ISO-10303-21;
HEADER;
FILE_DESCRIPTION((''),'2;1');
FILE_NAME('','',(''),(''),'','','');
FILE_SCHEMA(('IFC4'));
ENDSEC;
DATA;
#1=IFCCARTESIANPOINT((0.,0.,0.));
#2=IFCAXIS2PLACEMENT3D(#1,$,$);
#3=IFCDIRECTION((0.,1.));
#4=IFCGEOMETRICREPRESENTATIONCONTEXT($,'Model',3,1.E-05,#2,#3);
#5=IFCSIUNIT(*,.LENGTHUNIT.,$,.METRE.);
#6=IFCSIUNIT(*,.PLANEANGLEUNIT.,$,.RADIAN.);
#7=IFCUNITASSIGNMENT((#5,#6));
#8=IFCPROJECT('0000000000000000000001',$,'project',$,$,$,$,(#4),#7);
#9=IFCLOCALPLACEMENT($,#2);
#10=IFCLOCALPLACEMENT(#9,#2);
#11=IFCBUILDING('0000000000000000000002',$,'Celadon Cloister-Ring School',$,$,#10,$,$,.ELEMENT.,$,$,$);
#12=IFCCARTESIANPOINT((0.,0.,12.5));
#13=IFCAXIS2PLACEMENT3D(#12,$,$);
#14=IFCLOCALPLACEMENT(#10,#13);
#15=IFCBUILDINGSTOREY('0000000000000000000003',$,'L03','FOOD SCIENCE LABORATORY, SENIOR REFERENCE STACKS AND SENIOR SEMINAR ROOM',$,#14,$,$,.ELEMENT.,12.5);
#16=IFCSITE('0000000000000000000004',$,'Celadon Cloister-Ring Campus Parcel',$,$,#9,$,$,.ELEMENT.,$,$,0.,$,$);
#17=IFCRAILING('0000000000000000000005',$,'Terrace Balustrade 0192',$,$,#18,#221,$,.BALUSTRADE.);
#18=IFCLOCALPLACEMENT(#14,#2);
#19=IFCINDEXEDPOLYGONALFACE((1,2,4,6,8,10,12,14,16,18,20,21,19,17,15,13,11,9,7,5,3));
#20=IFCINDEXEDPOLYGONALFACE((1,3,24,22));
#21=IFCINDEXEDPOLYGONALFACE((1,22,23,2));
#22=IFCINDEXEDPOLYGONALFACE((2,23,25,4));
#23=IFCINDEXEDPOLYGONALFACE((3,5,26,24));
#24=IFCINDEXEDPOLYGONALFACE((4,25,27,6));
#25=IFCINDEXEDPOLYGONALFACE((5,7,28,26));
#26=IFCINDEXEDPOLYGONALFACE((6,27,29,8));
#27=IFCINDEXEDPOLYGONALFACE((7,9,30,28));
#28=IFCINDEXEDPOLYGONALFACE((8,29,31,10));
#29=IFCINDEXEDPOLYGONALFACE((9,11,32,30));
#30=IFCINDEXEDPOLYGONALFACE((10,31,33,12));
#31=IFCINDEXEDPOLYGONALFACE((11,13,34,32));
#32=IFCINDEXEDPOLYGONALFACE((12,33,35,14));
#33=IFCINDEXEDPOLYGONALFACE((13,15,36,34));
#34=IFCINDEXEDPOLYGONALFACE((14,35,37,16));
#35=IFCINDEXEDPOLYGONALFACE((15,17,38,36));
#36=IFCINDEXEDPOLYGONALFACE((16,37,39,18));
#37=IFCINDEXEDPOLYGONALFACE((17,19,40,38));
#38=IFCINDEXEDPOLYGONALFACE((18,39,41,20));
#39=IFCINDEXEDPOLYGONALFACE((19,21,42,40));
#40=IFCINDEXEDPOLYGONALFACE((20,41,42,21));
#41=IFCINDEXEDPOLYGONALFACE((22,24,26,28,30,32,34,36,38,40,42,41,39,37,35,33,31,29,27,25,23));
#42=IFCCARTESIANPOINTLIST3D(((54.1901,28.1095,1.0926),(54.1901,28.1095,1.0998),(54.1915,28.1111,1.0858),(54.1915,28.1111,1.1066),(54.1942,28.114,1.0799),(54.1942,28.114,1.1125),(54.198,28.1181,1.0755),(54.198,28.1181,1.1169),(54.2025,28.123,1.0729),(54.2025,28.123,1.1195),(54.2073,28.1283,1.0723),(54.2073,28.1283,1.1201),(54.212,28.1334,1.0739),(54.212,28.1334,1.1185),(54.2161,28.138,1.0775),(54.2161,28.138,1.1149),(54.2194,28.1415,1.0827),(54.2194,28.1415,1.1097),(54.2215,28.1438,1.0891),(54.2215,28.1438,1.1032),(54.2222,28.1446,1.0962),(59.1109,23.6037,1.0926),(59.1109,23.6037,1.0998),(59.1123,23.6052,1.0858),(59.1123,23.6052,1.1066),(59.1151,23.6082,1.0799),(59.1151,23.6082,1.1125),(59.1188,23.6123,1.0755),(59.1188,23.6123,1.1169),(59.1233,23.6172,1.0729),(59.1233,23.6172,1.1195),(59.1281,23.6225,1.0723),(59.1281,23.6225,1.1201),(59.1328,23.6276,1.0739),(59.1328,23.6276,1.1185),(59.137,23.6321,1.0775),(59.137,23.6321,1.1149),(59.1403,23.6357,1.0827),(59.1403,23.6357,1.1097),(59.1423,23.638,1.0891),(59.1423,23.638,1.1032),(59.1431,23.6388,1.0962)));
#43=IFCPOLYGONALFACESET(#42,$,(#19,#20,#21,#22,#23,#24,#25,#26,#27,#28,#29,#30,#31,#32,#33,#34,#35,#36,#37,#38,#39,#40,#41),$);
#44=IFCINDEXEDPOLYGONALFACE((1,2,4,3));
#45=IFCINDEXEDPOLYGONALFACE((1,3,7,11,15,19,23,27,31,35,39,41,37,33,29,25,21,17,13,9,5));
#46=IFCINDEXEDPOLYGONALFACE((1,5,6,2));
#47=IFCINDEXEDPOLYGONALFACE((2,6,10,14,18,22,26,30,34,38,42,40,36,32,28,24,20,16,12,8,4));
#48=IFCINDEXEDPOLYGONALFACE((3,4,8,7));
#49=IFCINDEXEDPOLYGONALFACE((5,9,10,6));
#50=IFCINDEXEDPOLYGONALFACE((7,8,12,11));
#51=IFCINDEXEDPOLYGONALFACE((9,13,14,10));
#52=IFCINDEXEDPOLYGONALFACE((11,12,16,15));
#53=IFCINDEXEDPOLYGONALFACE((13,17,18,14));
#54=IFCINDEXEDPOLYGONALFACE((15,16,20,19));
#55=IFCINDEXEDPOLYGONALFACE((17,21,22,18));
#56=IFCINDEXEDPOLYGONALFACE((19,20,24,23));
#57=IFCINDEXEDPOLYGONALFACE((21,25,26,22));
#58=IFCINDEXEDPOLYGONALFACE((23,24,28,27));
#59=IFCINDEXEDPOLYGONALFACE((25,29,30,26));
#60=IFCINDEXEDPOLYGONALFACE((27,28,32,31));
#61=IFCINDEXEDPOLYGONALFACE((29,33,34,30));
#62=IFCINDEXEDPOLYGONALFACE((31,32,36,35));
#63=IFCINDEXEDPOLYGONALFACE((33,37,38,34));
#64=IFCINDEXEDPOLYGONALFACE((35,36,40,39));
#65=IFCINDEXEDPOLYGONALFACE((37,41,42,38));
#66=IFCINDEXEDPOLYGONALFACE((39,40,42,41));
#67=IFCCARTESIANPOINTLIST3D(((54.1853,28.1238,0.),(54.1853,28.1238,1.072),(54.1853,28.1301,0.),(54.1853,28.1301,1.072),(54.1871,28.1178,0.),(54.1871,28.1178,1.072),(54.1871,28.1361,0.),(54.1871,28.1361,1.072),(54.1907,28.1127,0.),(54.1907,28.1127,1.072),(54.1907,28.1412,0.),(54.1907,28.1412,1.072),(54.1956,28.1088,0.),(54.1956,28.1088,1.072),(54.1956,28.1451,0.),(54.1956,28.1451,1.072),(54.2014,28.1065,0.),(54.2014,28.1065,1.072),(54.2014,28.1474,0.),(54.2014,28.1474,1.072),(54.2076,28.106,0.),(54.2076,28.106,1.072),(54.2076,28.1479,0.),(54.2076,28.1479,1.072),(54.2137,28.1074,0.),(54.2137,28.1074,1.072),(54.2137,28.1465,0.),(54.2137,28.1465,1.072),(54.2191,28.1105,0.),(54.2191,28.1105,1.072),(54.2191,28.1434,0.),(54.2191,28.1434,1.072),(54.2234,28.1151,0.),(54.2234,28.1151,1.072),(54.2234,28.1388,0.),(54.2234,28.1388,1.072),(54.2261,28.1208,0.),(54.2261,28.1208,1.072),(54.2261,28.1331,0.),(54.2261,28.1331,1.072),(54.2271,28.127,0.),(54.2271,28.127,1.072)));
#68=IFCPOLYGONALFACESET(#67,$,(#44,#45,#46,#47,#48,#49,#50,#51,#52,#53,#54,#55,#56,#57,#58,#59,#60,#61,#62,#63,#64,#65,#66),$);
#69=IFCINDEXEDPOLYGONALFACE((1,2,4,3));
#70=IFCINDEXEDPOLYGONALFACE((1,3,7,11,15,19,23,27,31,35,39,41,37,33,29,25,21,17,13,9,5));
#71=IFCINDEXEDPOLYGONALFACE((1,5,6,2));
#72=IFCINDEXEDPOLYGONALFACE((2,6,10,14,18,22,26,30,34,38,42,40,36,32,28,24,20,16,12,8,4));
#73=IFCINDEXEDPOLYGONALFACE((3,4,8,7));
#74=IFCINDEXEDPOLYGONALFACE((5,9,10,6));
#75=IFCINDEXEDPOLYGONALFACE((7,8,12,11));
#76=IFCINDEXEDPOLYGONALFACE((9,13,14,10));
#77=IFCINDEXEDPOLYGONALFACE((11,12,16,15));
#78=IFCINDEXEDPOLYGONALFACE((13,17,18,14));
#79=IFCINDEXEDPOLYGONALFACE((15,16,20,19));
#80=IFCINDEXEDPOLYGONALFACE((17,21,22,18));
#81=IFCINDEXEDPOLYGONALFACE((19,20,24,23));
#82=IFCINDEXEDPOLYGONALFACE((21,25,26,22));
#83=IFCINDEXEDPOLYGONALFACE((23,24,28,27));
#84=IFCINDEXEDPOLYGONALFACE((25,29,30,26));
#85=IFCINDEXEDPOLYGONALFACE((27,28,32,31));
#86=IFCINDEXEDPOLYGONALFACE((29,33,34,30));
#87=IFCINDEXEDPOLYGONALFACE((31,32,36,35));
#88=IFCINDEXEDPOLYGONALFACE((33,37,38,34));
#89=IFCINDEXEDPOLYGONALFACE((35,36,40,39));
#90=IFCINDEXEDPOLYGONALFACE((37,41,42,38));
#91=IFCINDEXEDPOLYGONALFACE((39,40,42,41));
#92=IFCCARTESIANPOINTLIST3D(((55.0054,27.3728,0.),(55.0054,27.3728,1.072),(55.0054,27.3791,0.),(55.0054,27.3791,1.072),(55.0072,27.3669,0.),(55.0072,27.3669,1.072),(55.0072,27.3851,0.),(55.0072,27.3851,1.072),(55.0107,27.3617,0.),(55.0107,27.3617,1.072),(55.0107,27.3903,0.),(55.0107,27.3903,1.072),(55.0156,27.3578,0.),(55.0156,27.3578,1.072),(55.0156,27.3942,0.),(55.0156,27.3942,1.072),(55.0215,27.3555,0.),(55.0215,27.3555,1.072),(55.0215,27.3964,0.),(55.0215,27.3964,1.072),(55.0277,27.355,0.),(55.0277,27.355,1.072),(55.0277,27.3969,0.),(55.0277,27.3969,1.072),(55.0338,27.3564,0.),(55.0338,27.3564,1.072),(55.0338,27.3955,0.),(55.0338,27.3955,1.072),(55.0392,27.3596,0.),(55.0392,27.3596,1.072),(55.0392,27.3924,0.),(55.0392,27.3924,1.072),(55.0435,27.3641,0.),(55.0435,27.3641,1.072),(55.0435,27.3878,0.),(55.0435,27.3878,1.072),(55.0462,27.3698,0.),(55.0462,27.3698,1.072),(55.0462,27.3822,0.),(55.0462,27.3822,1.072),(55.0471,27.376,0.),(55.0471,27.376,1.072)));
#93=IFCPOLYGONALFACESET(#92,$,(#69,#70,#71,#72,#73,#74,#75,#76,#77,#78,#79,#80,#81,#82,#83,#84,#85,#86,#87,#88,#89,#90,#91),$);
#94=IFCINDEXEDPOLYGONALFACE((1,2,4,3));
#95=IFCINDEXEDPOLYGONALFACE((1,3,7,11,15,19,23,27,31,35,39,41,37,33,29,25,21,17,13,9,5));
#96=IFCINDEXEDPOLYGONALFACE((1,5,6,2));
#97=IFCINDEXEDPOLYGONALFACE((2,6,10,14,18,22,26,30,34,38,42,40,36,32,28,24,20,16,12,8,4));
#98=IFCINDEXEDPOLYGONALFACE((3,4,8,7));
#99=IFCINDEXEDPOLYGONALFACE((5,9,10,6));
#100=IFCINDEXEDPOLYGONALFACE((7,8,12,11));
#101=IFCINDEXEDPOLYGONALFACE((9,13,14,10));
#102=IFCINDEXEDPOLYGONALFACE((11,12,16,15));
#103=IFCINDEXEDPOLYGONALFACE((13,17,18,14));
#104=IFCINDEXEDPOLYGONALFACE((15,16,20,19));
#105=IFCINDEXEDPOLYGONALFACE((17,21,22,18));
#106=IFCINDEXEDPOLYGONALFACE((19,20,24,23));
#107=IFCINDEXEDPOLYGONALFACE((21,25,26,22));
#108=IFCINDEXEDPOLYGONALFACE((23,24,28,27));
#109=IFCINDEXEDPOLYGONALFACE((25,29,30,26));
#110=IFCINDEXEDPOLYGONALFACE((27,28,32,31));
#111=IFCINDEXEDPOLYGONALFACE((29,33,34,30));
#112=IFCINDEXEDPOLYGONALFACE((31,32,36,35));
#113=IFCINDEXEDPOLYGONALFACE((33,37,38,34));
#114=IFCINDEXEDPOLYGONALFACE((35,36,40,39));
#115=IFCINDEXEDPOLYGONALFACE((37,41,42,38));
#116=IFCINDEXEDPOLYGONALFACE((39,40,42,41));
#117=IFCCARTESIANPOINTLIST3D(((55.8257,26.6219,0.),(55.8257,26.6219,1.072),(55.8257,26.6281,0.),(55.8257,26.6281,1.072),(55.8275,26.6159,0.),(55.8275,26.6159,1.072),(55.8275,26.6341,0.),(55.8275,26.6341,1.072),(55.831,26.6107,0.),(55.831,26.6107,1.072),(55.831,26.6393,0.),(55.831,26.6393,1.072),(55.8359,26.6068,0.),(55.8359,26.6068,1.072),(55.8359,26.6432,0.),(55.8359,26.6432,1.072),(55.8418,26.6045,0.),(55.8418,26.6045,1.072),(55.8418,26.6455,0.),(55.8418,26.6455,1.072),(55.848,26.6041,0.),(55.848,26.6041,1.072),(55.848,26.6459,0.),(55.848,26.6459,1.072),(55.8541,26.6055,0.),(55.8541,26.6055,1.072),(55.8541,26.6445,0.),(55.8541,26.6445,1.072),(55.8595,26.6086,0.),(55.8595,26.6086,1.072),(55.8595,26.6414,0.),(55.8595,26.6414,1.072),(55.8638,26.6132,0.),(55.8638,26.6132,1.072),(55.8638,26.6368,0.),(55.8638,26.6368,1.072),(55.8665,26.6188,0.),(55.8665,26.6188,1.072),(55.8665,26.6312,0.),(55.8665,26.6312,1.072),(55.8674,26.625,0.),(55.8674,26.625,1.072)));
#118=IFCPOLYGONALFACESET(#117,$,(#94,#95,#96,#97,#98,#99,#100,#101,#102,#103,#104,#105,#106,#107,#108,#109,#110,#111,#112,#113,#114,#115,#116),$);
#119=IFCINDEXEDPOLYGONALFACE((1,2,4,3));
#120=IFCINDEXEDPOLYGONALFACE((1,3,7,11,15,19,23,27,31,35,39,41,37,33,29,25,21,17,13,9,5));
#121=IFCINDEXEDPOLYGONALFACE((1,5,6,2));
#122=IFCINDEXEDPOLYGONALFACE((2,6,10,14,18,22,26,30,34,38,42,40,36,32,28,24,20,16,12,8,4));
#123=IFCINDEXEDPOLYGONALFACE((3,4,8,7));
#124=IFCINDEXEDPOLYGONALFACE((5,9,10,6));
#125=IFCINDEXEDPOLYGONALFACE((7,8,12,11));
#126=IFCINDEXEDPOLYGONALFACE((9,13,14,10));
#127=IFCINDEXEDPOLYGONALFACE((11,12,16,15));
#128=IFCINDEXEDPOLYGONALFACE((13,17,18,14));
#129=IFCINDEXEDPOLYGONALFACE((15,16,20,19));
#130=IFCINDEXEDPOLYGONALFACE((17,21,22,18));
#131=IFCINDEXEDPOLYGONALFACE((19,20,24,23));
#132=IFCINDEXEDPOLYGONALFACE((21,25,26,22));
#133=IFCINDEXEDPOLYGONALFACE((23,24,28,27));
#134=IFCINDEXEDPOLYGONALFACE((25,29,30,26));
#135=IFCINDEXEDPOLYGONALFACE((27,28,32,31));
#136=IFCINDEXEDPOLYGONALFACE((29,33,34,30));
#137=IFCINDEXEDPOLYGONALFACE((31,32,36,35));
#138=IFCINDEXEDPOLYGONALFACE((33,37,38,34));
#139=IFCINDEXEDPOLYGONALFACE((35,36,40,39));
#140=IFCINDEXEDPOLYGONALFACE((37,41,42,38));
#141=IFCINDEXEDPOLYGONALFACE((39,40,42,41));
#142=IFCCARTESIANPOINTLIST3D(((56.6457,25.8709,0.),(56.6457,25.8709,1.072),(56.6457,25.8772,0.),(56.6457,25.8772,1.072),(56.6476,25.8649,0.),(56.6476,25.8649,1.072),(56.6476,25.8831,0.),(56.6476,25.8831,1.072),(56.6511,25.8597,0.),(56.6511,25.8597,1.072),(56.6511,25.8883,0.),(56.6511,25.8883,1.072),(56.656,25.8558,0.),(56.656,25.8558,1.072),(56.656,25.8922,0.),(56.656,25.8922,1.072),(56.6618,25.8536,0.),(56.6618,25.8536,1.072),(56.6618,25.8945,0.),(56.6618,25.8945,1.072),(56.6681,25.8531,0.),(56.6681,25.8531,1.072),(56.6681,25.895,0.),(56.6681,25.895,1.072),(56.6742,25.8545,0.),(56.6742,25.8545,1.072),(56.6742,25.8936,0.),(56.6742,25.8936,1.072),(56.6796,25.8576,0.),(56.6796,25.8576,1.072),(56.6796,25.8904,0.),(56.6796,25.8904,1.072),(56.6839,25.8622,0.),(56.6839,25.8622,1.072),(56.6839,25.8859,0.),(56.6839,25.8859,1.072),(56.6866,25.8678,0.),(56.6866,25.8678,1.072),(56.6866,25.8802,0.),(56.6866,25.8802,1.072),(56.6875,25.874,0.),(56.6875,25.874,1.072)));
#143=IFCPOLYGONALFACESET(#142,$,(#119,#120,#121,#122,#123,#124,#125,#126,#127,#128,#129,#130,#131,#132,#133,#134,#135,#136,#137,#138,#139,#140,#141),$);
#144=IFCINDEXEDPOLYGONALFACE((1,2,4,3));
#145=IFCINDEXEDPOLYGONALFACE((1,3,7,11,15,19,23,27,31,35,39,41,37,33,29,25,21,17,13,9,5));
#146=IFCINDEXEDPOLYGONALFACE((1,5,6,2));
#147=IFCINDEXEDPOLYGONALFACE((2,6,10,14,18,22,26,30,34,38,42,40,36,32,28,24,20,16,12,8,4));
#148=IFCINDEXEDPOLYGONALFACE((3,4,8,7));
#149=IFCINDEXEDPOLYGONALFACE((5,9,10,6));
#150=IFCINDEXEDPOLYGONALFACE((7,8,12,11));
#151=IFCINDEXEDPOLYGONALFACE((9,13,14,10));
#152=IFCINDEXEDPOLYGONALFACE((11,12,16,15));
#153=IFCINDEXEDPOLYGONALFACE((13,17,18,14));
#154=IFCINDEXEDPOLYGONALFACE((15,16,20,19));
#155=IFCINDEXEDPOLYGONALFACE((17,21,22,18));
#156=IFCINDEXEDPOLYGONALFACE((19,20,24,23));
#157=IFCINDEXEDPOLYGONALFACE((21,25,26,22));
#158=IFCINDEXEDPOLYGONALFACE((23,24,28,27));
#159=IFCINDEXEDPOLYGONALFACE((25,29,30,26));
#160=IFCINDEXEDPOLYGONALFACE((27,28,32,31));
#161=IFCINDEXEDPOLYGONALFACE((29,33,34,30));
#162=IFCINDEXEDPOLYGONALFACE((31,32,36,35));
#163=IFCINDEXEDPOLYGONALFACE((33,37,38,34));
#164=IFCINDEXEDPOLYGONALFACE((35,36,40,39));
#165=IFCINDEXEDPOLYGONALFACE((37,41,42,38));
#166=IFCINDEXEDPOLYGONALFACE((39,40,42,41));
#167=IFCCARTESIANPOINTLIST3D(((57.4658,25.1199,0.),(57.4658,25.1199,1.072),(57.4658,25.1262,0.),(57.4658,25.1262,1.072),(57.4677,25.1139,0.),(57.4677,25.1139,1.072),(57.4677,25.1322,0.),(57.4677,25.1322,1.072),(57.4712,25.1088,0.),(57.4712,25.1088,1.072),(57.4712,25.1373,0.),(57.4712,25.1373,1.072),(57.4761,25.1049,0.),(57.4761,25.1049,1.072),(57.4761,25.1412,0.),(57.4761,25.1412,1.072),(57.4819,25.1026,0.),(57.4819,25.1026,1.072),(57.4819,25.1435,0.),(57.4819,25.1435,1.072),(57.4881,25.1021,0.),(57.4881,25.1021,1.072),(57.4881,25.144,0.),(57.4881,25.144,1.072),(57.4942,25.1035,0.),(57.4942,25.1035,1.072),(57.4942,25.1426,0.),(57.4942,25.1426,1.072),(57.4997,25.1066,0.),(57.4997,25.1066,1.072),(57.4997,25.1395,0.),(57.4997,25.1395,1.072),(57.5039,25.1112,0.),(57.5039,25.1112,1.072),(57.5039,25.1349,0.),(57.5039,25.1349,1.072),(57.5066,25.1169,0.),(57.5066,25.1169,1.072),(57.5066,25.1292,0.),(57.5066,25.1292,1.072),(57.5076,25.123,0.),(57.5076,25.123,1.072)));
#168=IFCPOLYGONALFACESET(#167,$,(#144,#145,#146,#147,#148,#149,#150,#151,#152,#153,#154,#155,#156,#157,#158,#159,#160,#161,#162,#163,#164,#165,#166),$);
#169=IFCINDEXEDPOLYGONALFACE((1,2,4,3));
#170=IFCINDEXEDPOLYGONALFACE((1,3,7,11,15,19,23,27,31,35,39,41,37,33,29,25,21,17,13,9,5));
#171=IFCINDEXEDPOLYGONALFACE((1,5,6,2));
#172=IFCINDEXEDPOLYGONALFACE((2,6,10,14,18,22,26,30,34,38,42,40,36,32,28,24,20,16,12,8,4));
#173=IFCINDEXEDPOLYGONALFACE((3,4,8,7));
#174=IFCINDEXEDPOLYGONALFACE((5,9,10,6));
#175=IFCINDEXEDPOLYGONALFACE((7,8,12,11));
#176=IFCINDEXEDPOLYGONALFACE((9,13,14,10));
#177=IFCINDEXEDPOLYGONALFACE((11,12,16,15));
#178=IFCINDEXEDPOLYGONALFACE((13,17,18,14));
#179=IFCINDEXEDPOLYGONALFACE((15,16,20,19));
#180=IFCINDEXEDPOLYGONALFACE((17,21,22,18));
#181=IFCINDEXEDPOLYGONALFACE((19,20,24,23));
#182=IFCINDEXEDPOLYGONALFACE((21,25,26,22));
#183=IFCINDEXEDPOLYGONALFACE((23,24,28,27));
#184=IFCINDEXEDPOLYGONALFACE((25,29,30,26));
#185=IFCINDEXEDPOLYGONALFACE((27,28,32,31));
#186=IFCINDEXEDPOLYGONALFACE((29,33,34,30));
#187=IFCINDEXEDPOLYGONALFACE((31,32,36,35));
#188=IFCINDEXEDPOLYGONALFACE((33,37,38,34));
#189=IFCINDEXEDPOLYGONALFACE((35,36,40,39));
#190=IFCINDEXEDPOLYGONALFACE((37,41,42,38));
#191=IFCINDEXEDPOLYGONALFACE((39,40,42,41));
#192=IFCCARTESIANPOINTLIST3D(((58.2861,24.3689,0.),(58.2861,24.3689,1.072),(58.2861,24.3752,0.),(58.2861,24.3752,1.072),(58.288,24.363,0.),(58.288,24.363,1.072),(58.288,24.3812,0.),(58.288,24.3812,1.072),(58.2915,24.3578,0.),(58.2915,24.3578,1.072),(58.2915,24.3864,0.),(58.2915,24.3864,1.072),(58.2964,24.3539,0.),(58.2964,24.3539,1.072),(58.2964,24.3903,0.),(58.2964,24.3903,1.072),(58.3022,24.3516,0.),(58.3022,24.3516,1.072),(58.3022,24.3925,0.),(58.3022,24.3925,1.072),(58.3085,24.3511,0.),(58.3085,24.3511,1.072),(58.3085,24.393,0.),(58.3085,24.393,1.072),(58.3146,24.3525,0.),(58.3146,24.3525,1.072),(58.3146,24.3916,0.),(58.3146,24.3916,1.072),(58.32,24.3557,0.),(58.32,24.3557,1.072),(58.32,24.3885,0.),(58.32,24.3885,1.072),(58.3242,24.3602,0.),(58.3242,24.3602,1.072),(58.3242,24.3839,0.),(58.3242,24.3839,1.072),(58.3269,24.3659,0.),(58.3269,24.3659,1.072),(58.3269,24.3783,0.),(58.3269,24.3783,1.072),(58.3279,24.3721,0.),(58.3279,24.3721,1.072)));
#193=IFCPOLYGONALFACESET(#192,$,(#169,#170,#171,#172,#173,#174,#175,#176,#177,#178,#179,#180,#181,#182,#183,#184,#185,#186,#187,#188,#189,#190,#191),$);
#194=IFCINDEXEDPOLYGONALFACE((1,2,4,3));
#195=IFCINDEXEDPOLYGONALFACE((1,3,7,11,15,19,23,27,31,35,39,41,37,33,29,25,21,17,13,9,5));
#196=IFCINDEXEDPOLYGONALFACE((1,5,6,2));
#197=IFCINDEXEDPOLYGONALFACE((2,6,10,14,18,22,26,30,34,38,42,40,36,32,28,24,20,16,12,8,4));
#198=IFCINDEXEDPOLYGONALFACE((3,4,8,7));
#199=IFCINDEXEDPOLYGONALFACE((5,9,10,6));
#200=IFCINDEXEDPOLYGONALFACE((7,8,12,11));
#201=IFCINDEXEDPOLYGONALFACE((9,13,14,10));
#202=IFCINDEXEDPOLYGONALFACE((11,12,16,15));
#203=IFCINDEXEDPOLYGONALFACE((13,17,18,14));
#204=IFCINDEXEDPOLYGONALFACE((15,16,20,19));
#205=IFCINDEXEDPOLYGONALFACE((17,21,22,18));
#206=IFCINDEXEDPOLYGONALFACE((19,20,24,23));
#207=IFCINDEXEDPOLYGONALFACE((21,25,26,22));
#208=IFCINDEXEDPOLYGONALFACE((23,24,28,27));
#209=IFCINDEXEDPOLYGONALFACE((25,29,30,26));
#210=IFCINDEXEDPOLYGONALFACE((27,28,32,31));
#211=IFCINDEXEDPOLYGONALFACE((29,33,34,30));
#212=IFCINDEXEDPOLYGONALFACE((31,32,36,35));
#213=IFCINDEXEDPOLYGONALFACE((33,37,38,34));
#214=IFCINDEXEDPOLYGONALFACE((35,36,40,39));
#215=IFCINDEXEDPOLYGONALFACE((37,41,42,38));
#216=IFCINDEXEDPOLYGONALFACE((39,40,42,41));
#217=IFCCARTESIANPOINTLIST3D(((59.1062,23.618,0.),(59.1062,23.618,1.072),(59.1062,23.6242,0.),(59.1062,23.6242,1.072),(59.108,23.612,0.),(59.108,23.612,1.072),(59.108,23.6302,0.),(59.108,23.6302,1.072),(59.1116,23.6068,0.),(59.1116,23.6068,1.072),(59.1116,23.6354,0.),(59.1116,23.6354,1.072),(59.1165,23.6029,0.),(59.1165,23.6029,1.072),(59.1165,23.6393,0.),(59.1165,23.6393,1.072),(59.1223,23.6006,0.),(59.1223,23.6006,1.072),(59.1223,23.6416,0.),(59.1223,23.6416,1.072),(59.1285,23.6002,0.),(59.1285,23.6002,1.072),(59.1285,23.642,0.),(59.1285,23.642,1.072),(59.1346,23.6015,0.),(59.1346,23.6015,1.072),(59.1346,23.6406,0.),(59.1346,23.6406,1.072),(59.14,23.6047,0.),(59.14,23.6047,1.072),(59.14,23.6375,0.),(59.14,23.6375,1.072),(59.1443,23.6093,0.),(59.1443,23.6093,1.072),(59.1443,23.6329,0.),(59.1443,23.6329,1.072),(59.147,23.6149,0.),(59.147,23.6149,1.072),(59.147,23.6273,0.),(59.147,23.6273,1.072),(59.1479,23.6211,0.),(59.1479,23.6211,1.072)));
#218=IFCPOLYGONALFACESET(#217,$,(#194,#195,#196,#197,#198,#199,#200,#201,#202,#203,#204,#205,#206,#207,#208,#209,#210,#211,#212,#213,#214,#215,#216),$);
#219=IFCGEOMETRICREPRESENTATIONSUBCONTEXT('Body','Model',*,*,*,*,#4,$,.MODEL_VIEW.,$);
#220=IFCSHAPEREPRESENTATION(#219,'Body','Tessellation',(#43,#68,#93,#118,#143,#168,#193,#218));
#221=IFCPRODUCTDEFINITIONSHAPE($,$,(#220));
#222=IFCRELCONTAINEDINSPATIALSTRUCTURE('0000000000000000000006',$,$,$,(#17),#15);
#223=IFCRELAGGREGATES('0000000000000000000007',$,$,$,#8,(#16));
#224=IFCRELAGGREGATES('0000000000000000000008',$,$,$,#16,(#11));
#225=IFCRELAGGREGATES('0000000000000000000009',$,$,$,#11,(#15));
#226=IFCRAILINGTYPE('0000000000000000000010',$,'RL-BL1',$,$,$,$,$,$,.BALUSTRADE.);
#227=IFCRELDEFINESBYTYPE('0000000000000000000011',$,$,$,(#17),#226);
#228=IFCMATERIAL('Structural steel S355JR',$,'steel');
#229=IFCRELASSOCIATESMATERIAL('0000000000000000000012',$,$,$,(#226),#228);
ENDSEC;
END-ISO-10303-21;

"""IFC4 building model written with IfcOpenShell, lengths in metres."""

from ifc_helpers import new_model, si_unit, direction, frame, origin, origin_2d, place, context, subcontext, project, spatial, circle, extrude, material, type_object, element, save


model = new_model("IFC4")

# Units and contexts
model_context = context("Model", 3, precision=1e-05, world=origin(), true_north=direction((0.0, 1.0)))
body_context = subcontext(model_context, "Body", "Model", "MODEL_VIEW")
ifc_project = project(units=[si_unit("LENGTHUNIT", "METRE"), si_unit("PLANEANGLEUNIT", "RADIAN")], contexts=[model_context])

# Site, building, storey
site_placement = place(None, origin())
site = spatial("IfcSite", under=ifc_project, at=site_placement, Name="Celadon Cloister-Ring Campus Parcel", CompositionType="ELEMENT", RefElevation=0.0)
building_placement = place(site_placement, origin())
building = spatial("IfcBuilding", under=site, at=building_placement, Name="Celadon Cloister-Ring School", CompositionType="ELEMENT")
storey_placement = place(building_placement, frame((0.0, 0.0, 12.5)))
storey = spatial("IfcBuildingStorey", under=building, at=storey_placement, Name="L03", Description="FOOD SCIENCE LABORATORY, SENIOR REFERENCE STACKS AND SENIOR SEMINAR ROOM", CompositionType="ELEMENT", Elevation=12.5)

# Railing
ifc_material_1 = material(Name="Structural steel S355JR", Category="steel")
railing_type = type_object("IfcRailingType", Name="RL-BL1", PredefinedType="BALUSTRADE", material=ifc_material_1)
railing_1_placement = place(storey_placement, frame((54.2061, 28.127, 0.0)))
element("IfcRailing", 1, at=railing_1_placement, inside=storey, type_object=railing_type, Name="Terrace Balustrade 0192", PredefinedType="BALUSTRADE", context=body_context, shape_type="SweptSolid", body=[
    extrude(circle(Radius=0.0239, at=origin_2d()), frame((0.0, 0.0, 1.0962), z_axis=(0.737525, -0.67532, 0.0), x_axis=(0.67532, 0.737525, 0.0)), (0.0, 0.0, 1.0), 6.6721),
    extrude(circle(Radius=0.021, at=origin_2d()), origin(), (0.0, 0.0, 1.0), 1.072),
    extrude(circle(Radius=0.021, at=origin_2d()), frame((0.8201, -0.751, 0.0)), (0.0, 0.0, 1.0), 1.072),
    extrude(circle(Radius=0.021, at=origin_2d()), frame((1.6404, -1.502, 0.0)), (0.0, 0.0, 1.0), 1.072),
    extrude(circle(Radius=0.021, at=origin_2d()), frame((2.4604, -2.2529, 0.0)), (0.0, 0.0, 1.0), 1.072),
    extrude(circle(Radius=0.021, at=origin_2d()), frame((3.2805, -3.0039, 0.0)), (0.0, 0.0, 1.0), 1.072),
    extrude(circle(Radius=0.021, at=origin_2d()), frame((4.1008, -3.7549, 0.0)), (0.0, 0.0, 1.0), 1.072),
    extrude(circle(Radius=0.021, at=origin_2d()), frame((4.9209, -4.5059, 0.0)), (0.0, 0.0, 1.0), 1.072),
])

save(model, "model.ifc")
